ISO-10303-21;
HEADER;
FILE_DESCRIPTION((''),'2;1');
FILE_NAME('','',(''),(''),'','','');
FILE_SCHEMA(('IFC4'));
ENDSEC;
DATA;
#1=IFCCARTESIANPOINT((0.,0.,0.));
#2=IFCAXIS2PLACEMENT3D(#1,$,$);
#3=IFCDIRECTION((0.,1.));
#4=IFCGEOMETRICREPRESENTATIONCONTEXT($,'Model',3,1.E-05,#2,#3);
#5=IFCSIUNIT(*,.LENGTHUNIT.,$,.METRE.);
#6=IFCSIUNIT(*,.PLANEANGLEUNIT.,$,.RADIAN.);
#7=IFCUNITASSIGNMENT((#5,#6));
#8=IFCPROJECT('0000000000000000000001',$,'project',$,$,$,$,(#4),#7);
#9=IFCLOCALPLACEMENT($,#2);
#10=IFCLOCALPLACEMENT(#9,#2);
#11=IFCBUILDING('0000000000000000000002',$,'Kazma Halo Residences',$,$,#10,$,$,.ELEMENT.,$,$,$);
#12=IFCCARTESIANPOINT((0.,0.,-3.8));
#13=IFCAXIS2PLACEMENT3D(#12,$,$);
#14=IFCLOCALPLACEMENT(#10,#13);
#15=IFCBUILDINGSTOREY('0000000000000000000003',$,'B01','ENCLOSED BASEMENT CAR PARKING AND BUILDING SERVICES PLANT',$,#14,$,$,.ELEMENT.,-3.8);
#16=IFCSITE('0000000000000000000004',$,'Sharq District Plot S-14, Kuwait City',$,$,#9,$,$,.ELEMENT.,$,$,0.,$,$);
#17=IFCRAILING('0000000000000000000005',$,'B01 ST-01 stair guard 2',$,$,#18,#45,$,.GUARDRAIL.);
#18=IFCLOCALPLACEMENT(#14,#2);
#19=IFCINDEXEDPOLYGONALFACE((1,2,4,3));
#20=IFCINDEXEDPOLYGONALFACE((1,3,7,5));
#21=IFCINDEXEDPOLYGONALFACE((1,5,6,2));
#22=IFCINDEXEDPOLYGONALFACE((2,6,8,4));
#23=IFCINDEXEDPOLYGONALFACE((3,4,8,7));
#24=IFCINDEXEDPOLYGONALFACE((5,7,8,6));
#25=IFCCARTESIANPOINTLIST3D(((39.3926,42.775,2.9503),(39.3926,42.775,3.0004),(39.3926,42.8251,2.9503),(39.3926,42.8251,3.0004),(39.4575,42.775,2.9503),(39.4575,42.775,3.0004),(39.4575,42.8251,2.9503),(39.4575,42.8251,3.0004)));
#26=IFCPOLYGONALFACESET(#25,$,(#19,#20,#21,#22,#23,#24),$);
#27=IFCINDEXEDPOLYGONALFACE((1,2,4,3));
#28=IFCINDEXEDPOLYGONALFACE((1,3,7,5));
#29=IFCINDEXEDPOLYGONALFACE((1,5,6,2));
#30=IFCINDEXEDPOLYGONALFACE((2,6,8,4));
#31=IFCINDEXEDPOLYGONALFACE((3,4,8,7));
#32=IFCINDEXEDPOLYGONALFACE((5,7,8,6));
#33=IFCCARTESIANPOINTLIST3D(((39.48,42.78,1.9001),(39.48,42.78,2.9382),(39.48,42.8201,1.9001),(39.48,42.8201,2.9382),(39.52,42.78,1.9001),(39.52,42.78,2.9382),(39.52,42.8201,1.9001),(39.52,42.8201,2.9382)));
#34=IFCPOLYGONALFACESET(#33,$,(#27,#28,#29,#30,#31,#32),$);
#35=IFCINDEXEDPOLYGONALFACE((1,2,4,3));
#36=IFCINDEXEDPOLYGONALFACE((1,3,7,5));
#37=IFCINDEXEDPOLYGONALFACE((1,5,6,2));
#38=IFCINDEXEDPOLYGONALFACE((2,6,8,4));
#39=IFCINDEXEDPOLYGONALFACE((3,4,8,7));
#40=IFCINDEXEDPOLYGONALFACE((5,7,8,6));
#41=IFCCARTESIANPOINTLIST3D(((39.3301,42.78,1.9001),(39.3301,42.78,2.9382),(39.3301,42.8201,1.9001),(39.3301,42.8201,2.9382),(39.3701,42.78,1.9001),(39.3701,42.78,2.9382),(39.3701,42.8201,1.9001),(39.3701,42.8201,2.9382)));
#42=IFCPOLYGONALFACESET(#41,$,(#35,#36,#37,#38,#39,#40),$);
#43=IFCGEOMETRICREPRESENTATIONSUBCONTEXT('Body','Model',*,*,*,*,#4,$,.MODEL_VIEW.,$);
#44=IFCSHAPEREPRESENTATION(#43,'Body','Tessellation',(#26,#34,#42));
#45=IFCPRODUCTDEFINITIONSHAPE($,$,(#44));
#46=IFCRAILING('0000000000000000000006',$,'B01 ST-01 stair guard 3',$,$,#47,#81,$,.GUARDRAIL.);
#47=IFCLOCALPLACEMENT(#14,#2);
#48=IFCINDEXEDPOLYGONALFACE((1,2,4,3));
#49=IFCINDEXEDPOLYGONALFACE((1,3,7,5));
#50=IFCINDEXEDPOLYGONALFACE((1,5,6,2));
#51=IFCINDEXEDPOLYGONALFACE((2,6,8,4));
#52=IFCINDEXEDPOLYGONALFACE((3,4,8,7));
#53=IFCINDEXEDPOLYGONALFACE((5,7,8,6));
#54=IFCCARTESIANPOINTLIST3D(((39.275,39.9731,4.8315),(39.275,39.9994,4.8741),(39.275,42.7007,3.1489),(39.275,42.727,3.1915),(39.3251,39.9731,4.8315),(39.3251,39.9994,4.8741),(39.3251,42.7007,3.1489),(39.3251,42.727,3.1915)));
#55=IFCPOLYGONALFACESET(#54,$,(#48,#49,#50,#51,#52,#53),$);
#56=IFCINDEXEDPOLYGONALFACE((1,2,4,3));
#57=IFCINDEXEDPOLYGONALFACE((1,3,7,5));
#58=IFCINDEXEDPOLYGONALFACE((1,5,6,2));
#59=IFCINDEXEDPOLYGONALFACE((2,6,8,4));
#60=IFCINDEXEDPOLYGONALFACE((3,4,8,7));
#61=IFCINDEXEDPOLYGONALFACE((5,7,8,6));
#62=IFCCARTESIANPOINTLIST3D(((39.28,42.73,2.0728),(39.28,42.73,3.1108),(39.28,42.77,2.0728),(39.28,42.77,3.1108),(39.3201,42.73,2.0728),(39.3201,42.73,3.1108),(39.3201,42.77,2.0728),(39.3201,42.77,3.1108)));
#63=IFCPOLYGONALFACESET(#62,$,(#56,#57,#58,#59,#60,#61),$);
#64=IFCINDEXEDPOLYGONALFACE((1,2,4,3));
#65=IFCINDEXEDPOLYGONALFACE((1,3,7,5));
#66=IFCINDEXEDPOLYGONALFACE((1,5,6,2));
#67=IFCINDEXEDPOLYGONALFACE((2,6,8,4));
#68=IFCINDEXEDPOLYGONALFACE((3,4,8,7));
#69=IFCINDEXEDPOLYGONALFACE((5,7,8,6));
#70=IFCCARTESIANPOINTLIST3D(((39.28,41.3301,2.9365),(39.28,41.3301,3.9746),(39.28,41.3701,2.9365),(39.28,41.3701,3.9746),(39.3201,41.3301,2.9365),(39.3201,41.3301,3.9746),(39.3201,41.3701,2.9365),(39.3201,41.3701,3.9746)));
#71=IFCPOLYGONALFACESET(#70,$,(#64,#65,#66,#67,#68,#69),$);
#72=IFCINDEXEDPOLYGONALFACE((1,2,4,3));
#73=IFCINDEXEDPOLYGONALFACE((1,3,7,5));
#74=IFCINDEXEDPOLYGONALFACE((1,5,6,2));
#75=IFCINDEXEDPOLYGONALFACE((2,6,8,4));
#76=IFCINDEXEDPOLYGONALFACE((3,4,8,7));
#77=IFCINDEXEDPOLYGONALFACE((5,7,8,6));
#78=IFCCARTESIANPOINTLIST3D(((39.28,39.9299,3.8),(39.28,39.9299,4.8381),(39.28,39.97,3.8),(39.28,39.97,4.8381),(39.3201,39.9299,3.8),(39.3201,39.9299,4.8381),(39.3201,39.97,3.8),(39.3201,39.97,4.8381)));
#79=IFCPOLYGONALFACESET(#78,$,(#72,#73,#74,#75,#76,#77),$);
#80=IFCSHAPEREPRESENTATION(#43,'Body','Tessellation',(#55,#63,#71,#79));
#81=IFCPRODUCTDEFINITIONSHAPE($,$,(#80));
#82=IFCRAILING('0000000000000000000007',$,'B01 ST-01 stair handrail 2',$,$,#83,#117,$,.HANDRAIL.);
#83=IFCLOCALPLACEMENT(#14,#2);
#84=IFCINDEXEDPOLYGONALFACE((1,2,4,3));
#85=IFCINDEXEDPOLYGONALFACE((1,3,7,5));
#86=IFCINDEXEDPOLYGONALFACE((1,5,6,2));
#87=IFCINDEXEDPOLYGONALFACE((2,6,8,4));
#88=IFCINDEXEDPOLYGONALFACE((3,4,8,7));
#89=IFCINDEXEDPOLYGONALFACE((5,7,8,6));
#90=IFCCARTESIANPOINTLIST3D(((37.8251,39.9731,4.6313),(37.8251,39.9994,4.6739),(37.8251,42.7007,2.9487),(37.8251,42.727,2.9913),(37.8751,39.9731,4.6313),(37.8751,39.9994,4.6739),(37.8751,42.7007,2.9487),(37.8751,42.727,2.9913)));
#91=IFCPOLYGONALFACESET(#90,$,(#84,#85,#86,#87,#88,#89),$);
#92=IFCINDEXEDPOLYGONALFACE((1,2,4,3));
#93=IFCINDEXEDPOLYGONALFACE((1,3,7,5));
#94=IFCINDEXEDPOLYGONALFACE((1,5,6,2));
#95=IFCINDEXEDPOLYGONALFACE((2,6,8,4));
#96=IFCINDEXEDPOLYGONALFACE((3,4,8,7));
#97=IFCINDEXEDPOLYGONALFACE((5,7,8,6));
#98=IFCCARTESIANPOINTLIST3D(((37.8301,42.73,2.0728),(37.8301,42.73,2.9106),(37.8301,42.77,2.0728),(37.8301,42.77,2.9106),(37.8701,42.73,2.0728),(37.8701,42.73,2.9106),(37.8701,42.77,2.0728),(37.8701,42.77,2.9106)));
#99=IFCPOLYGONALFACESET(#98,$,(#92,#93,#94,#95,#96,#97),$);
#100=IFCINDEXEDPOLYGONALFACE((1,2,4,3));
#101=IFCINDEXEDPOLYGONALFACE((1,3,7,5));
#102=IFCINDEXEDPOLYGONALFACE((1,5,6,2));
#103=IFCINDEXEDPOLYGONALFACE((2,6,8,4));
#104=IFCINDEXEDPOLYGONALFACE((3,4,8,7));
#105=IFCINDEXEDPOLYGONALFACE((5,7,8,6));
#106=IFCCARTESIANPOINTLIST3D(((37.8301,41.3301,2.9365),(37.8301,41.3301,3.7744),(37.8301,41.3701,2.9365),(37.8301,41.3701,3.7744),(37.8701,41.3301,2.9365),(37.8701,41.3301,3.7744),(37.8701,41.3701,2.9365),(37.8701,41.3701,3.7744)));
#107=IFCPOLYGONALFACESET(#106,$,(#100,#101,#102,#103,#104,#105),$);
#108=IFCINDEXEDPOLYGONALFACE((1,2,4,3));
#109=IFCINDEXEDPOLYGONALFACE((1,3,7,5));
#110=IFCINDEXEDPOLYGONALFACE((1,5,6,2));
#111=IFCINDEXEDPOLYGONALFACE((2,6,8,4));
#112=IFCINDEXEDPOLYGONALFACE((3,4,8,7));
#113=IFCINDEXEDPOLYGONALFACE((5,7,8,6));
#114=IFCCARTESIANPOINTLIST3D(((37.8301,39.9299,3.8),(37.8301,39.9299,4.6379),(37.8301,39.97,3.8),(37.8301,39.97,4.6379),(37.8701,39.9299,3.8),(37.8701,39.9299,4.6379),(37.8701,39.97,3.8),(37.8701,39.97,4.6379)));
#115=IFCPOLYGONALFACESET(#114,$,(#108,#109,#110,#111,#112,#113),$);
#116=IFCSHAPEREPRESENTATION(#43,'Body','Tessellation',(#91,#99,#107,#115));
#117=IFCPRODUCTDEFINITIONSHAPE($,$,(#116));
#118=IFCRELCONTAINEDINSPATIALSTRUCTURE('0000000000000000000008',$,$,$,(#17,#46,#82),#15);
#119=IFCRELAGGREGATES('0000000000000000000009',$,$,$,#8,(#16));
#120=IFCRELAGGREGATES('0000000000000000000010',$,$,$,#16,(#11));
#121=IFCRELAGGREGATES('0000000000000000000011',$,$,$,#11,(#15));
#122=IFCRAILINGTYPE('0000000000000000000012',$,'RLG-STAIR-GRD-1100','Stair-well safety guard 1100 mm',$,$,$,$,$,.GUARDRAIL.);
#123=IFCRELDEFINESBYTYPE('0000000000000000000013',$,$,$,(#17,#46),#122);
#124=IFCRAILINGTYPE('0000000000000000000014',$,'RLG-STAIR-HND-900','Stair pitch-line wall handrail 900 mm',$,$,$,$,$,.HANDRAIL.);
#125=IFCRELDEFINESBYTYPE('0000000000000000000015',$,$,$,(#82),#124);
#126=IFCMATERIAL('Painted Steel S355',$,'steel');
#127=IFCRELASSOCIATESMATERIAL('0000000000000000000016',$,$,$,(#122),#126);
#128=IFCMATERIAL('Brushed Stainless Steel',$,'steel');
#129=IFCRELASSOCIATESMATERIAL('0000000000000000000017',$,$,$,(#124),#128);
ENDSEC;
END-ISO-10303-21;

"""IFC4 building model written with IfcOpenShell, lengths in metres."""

from ifc_helpers import new_model, si_unit, direction, frame, origin, origin_2d, place, context, subcontext, project, spatial, rectangle, extrude, material, type_object, element, save


model = new_model("IFC4")

# Units and contexts
model_context = context("Model", 3, precision=1e-05, world=origin(), true_north=direction((0.0, 1.0)))
body_context = subcontext(model_context, "Body", "Model", "MODEL_VIEW")
ifc_project = project(units=[si_unit("LENGTHUNIT", "METRE"), si_unit("PLANEANGLEUNIT", "RADIAN")], contexts=[model_context])

# Site, building, storey
site_placement = place(None, origin())
site = spatial("IfcSite", under=ifc_project, at=site_placement, Name="Sharq District Plot S-14, Kuwait City", CompositionType="ELEMENT", RefElevation=0.0)
building_placement = place(site_placement, origin())
building = spatial("IfcBuilding", under=site, at=building_placement, Name="Kazma Halo Residences", CompositionType="ELEMENT")
storey_placement = place(building_placement, frame((0.0, 0.0, -3.8)))
storey = spatial("IfcBuildingStorey", under=building, at=storey_placement, Name="B01", Description="ENCLOSED BASEMENT CAR PARKING AND BUILDING SERVICES PLANT", CompositionType="ELEMENT", Elevation=-3.8)

# Railings
ifc_material_1 = material(Name="Painted Steel S355", Category="steel")
railing_type_1 = type_object("IfcRailingType", Name="RLG-STAIR-GRD-1100", Description="Stair-well safety guard 1100 mm", PredefinedType="GUARDRAIL", material=ifc_material_1)
railing_1_placement = place(storey_placement, frame((39.5, 42.8, 1.9001)))
element("IfcRailing", 1, at=railing_1_placement, inside=storey, type_object=railing_type_1, Name="B01 ST-01 stair guard 2", PredefinedType="GUARDRAIL", context=body_context, shape_type="SweptSolid", body=[
    extrude(rectangle(XDim=0.05, YDim=0.05, at=origin_2d()), frame((-0.0425, 0.0, 1.0752), z_axis=(-1.0, 0.0, 0.0), x_axis=(0.0, -1.0, 0.0)), (0.0, 0.0, 1.0), 0.0649),
    extrude(rectangle(XDim=0.04, YDim=0.04, at=origin_2d()), origin(), (0.0, 0.0, 1.0), 1.0381),
    extrude(rectangle(XDim=0.04, YDim=0.04, at=origin_2d()), frame((-0.1499, 0.0, 0.0)), (0.0, 0.0, 1.0), 1.0381),
])
railing_2_placement = place(storey_placement, frame((39.3, 42.75, 2.0728)))
element("IfcRailing", 2, at=railing_2_placement, inside=storey, type_object=railing_type_1, Name="B01 ST-01 stair guard 3", PredefinedType="GUARDRAIL", context=body_context, shape_type="SweptSolid", body=[
    extrude(rectangle(XDim=0.05, YDim=0.05, at=origin_2d()), frame((0.0, -0.0361, 1.0974), z_axis=(0.0, -0.85109, 0.52502), x_axis=(1.0, 0.0, 0.0)), (0.0, 0.0, 1.0), 3.2048),
    extrude(rectangle(XDim=0.04, YDim=0.04, at=origin_2d()), origin(), (0.0, 0.0, 1.0), 1.0381),
    extrude(rectangle(XDim=0.04, YDim=0.04, at=origin_2d()), frame((0.0, -1.3999, 0.8638)), (0.0, 0.0, 1.0), 1.0381),
    extrude(rectangle(XDim=0.04, YDim=0.04, at=origin_2d()), frame((0.0, -2.8, 1.7273)), (0.0, 0.0, 1.0), 1.0381),
])
ifc_material_2 = material(Name="Brushed Stainless Steel", Category="steel")
railing_type_2 = type_object("IfcRailingType", Name="RLG-STAIR-HND-900", Description="Stair pitch-line wall handrail 900 mm", PredefinedType="HANDRAIL", material=ifc_material_2)
railing_3_placement = place(storey_placement, frame((37.8501, 42.75, 2.0728)))
element("IfcRailing", 3, at=railing_3_placement, inside=storey, type_object=railing_type_2, Name="B01 ST-01 stair handrail 2", PredefinedType="HANDRAIL", context=body_context, shape_type="SweptSolid", body=[
    extrude(rectangle(XDim=0.05, YDim=0.05, at=origin_2d()), frame((0.0, -0.0361, 0.8972), z_axis=(0.0, -0.85109, 0.52502), x_axis=(1.0, 0.0, 0.0)), (0.0, 0.0, 1.0), 3.2048),
    extrude(rectangle(XDim=0.04, YDim=0.04, at=origin_2d()), origin(), (0.0, 0.0, 1.0), 0.8379),
    extrude(rectangle(XDim=0.04, YDim=0.04, at=origin_2d()), frame((0.0, -1.3999, 0.8638)), (0.0, 0.0, 1.0), 0.8379),
    extrude(rectangle(XDim=0.04, YDim=0.04, at=origin_2d()), frame((0.0, -2.8, 1.7273)), (0.0, 0.0, 1.0), 0.8379),
])

save(model, "model.ifc")
